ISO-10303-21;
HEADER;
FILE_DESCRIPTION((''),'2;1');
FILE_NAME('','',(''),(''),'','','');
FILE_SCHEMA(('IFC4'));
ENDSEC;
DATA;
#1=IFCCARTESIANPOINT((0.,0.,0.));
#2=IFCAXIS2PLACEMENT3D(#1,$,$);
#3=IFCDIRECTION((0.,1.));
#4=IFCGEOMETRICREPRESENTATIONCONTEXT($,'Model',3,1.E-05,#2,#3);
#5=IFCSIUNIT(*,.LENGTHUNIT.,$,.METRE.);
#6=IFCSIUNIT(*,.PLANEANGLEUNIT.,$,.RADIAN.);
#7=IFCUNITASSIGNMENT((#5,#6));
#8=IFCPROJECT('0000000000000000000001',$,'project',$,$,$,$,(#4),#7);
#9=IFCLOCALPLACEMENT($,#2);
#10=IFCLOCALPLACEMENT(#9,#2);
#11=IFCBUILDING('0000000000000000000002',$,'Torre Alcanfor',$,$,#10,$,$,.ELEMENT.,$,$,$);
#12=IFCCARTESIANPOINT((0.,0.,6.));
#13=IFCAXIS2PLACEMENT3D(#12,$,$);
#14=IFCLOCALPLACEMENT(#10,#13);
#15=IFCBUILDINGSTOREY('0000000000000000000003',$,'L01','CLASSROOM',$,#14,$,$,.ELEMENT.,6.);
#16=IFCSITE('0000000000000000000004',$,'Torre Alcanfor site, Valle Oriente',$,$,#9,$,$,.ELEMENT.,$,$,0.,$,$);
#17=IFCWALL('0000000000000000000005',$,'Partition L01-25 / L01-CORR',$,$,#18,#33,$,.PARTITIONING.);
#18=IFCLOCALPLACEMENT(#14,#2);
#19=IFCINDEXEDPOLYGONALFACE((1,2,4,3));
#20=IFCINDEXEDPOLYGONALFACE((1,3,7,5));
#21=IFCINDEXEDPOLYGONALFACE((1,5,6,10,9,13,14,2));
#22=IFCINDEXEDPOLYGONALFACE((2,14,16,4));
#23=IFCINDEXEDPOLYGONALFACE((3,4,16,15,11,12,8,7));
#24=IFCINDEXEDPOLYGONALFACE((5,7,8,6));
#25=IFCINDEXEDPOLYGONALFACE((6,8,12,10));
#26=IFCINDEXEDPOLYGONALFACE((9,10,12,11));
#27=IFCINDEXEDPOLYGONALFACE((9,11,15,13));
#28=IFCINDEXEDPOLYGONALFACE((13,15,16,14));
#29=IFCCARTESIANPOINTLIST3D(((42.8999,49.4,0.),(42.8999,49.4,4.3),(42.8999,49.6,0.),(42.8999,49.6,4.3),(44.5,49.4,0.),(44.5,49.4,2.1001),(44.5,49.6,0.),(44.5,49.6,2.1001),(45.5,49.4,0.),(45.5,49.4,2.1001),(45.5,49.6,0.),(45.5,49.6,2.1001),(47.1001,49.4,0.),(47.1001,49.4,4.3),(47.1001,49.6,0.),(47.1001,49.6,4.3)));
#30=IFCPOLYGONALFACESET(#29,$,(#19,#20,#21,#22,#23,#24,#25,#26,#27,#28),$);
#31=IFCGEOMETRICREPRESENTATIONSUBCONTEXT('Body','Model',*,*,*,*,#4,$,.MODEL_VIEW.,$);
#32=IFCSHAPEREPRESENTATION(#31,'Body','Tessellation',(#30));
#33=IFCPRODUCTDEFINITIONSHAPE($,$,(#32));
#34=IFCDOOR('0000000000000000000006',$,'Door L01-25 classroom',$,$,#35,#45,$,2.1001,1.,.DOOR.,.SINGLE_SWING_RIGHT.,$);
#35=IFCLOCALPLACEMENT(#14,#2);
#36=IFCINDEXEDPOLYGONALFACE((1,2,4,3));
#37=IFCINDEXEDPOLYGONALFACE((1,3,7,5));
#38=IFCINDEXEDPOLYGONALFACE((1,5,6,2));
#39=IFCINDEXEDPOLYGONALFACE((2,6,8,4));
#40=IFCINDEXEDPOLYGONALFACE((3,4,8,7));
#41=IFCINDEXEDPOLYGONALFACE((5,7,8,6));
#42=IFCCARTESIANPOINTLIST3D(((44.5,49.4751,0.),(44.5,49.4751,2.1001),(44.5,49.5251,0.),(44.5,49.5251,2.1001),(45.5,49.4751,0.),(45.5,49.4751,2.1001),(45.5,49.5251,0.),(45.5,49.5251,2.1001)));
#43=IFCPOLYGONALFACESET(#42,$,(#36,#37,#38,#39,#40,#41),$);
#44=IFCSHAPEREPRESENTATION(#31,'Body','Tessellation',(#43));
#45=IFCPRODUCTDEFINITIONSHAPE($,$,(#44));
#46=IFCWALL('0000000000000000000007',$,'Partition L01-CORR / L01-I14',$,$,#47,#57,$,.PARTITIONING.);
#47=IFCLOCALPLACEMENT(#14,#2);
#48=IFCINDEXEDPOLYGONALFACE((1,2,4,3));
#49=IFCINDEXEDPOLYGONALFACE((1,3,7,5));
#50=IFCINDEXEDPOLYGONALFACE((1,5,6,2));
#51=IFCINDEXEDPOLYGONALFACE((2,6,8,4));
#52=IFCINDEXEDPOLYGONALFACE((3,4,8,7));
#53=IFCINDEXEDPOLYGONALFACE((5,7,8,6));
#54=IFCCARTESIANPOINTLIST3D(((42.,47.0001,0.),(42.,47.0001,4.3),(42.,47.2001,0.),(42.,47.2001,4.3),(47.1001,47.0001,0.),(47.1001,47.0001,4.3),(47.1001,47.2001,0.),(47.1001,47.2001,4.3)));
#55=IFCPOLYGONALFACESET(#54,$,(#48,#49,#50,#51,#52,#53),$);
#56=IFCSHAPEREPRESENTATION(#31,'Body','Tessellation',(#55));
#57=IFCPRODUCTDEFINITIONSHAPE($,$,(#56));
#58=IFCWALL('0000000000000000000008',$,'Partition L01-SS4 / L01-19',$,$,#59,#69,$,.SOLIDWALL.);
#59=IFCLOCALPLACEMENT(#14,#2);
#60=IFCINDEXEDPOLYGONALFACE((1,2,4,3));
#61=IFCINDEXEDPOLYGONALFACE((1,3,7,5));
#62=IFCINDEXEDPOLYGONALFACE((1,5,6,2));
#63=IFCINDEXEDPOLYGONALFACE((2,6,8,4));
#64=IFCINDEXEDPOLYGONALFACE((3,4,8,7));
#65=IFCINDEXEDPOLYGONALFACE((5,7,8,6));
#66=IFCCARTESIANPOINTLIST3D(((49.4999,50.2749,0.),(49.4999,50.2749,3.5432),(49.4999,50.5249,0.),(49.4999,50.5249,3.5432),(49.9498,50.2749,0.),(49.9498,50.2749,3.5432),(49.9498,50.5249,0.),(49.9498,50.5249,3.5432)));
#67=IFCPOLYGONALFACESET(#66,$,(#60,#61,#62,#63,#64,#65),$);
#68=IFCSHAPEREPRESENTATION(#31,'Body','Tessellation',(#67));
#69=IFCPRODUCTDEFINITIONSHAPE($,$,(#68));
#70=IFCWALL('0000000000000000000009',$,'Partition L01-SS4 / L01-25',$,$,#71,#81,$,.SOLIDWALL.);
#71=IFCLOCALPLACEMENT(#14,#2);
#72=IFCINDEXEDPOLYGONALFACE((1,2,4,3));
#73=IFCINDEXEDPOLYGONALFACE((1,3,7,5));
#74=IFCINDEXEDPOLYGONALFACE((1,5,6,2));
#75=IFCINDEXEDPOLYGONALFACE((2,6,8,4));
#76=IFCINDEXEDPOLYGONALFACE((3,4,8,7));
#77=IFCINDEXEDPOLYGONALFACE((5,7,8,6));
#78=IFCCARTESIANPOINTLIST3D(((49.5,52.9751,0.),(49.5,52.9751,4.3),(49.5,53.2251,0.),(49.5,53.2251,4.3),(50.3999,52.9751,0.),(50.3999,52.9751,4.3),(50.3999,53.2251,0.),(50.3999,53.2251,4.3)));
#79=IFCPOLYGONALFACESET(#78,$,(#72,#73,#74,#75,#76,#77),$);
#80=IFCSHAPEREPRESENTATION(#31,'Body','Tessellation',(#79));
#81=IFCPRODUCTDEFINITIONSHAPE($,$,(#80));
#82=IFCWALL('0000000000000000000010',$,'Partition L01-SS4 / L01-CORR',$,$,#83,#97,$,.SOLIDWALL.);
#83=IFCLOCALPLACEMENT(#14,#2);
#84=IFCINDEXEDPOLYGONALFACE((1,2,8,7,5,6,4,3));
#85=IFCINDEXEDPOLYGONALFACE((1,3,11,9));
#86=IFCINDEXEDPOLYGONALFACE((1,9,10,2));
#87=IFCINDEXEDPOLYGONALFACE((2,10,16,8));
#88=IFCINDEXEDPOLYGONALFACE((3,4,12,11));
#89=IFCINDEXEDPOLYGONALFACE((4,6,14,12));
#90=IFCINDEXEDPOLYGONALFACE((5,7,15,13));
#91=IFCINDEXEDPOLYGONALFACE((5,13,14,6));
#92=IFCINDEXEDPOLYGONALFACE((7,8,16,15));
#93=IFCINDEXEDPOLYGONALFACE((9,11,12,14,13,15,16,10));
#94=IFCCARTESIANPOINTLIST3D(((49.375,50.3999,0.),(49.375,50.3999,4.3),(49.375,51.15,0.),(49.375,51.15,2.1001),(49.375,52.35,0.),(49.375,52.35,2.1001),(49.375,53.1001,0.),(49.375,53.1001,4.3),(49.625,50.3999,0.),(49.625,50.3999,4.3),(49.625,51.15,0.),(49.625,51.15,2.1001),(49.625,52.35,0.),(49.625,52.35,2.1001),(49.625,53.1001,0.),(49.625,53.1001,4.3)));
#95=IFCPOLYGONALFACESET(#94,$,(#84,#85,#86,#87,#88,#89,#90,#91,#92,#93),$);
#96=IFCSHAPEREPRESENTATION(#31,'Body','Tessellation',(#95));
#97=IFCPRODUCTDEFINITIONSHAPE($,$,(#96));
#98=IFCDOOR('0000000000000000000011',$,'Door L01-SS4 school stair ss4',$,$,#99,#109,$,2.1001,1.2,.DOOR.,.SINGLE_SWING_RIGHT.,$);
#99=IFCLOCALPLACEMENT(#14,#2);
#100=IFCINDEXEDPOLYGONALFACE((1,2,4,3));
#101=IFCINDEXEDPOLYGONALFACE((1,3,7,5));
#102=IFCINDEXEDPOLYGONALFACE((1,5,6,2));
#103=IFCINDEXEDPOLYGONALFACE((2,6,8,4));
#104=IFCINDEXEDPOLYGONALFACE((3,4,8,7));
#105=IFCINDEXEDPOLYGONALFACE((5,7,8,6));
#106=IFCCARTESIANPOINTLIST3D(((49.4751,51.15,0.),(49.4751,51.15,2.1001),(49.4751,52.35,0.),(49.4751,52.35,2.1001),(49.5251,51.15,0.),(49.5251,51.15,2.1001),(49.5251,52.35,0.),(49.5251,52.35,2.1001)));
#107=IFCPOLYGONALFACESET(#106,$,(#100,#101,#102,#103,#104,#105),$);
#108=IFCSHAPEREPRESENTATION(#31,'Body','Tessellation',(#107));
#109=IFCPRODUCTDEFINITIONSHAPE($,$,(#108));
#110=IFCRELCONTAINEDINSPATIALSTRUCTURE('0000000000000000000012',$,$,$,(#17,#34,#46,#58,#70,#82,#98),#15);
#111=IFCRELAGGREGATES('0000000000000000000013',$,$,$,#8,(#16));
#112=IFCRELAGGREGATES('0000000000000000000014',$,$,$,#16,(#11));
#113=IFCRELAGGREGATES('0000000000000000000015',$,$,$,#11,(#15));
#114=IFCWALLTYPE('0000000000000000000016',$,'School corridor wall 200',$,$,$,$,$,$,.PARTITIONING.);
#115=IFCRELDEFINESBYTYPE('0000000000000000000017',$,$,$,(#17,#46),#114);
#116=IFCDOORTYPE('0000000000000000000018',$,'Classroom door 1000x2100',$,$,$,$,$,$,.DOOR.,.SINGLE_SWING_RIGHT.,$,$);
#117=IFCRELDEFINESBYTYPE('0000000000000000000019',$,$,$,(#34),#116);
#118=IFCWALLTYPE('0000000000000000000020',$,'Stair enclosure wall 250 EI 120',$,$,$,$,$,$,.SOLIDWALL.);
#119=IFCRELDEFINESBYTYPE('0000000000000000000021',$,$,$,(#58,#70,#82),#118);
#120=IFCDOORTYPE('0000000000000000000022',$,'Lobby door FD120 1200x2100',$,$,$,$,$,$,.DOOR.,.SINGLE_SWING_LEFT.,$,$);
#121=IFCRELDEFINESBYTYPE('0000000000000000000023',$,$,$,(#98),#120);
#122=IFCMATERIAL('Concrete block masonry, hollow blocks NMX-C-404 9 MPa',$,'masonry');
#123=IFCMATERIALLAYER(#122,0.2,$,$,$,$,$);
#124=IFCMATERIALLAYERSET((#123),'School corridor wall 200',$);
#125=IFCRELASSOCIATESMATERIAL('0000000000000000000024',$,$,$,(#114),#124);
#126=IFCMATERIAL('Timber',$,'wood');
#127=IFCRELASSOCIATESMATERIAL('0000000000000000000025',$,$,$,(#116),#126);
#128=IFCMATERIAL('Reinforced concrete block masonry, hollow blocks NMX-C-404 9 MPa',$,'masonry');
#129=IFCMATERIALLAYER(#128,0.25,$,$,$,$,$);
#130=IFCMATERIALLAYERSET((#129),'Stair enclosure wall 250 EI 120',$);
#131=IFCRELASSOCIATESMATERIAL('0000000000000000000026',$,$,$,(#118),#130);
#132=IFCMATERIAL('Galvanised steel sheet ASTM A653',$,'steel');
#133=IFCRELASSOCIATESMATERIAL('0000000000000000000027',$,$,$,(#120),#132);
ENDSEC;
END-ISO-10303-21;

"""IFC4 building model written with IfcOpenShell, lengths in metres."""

from ifc_helpers import new_model, si_unit, direction, frame, frame_2d, origin, place, context, subcontext, project, spatial, rectangle, extrude, material, layer, layer_set, type_object, element, fill, save


model = new_model("IFC4")

# Units and contexts
model_context = context("Model", 3, precision=1e-05, world=origin(), true_north=direction((0.0, 1.0)))
body_context = subcontext(model_context, "Body", "Model", "MODEL_VIEW")
ifc_project = project(units=[si_unit("LENGTHUNIT", "METRE"), si_unit("PLANEANGLEUNIT", "RADIAN")], contexts=[model_context])

# Site, building, storey
site_placement = place(None, origin())
site = spatial("IfcSite", under=ifc_project, at=site_placement, Name="Torre Alcanfor site, Valle Oriente", CompositionType="ELEMENT", RefElevation=0.0)
building_placement = place(site_placement, origin())
building = spatial("IfcBuilding", under=site, at=building_placement, Name="Torre Alcanfor", CompositionType="ELEMENT")
storey_placement = place(building_placement, frame((0.0, 0.0, 6.0)))
storey = spatial("IfcBuildingStorey", under=building, at=storey_placement, Name="L01", Description="CLASSROOM", CompositionType="ELEMENT", Elevation=6.0)

# Shared definitions
ifc_material_1 = material(Name="Concrete block masonry, hollow blocks NMX-C-404 9 MPa", Category="masonry")
ifc_layer_1 = layer(ifc_material_1, 0.2)
ifc_layer_set_1 = layer_set([ifc_layer_1], Name="School corridor wall 200")
wall_type_1 = type_object("IfcWallType", Name="School corridor wall 200", PredefinedType="PARTITIONING", material=ifc_layer_set_1)
ifc_material_2 = material(Name="Timber", Category="wood")
door_type_1 = type_object("IfcDoorType", Name="Classroom door 1000x2100", OperationType="SINGLE_SWING_RIGHT", PredefinedType="DOOR", material=ifc_material_2)

# Wall, opening, door
wall_1_placement = place(storey_placement, frame((47.1001, 49.5, 0.0), z_axis=(0.0, 0.0, 1.0), x_axis=(-1.0, 0.0, 0.0)))
wall_1 = element("IfcWall", 1, at=wall_1_placement, inside=storey, type_object=wall_type_1, Name="Partition L01-25 / L01-CORR", PredefinedType="PARTITIONING", context=body_context, shape_type="SweptSolid", body=[
    extrude(rectangle(XDim=4.2002, YDim=0.2, at=frame_2d((2.1001, 0.0))), origin(), (0.0, 0.0, 1.0), 4.3),
])
opening_1_placement = place(wall_1_placement, frame((1.6001, 0.0, 0.0)))
opening_1 = element("IfcOpeningElement", 2, at=opening_1_placement, cuts=wall_1, PredefinedType="OPENING", context=body_context, shape_type="SweptSolid", body=[
    extrude(rectangle(XDim=1.0, YDim=2.1001, at=frame_2d((0.5, 1.05))), frame((0.0, 0.1099, 0.0), z_axis=(0.0, -1.0, 0.0), x_axis=(1.0, 0.0, 0.0)), (0.0, 0.0, 1.0), 0.22),
])
door_1_placement = place(opening_1_placement, frame((1.0, 0.0, 0.0), z_axis=(0.0, 0.0, 1.0), x_axis=(-1.0, 0.0, 0.0)))
door_1 = element("IfcDoor", 3, at=door_1_placement, inside=storey, type_object=door_type_1, Name="Door L01-25 classroom", OperationType="SINGLE_SWING_RIGHT", OverallHeight=2.1001, OverallWidth=1.0, PredefinedType="DOOR", context=body_context, shape_type="SweptSolid", body=[
    extrude(rectangle(XDim=1.0, YDim=2.1001, at=frame_2d((0.5, 1.05))), frame((0.0, 0.0251, 0.0), z_axis=(0.0, -1.0, 0.0), x_axis=(1.0, 0.0, 0.0)), (0.0, 0.0, 1.0), 0.05),
])
fill(opening_1, door_1)

# Walls
wall_2_placement = place(storey_placement, frame((47.1001, 47.1001, 0.0), z_axis=(0.0, 0.0, 1.0), x_axis=(-1.0, 0.0, 0.0)))
element("IfcWall", 4, at=wall_2_placement, inside=storey, type_object=wall_type_1, Name="Partition L01-CORR / L01-I14", PredefinedType="PARTITIONING", context=body_context, shape_type="SweptSolid", body=[
    extrude(rectangle(XDim=5.1001, YDim=0.2, at=frame_2d((2.55, 0.0))), origin(), (0.0, 0.0, 1.0), 4.3),
])
ifc_material_3 = material(Name="Reinforced concrete block masonry, hollow blocks NMX-C-404 9 MPa", Category="masonry")
ifc_layer_2 = layer(ifc_material_3, 0.25)
ifc_layer_set_2 = layer_set([ifc_layer_2], Name="Stair enclosure wall 250 EI 120")
wall_type_2 = type_object("IfcWallType", Name="Stair enclosure wall 250 EI 120", PredefinedType="SOLIDWALL", material=ifc_layer_set_2)
wall_3_placement = place(storey_placement, frame((49.95, 50.3999, 0.0), z_axis=(0.0, 0.0, 1.0), x_axis=(-1.0, 0.0, 0.0)))
element("IfcWall", 5, at=wall_3_placement, inside=storey, type_object=wall_type_2, Name="Partition L01-SS4 / L01-19", PredefinedType="SOLIDWALL", context=body_context, shape_type="SweptSolid", body=[
    extrude(rectangle(XDim=0.45, YDim=0.25, at=frame_2d((0.2251, 0.0))), origin(), (0.0, 0.0, 1.0), 3.5432),
])
wall_4_placement = place(storey_placement, frame((49.5, 53.1001, 0.0), z_axis=(0.0, 0.0, 1.0), x_axis=(1.0, 0.0, 0.0)))
element("IfcWall", 6, at=wall_4_placement, inside=storey, type_object=wall_type_2, Name="Partition L01-SS4 / L01-25", PredefinedType="SOLIDWALL", context=body_context, shape_type="SweptSolid", body=[
    extrude(rectangle(XDim=0.8999, YDim=0.25, at=frame_2d((0.45, 0.0))), origin(), (0.0, 0.0, 1.0), 4.3),
])

# Wall, opening, door
wall_5_placement = place(storey_placement, frame((49.5, 50.3999, 0.0), z_axis=(0.0, 0.0, 1.0), x_axis=(0.0, 1.0, 0.0)))
wall_5 = element("IfcWall", 7, at=wall_5_placement, inside=storey, type_object=wall_type_2, Name="Partition L01-SS4 / L01-CORR", PredefinedType="SOLIDWALL", context=body_context, shape_type="SweptSolid", body=[
    extrude(rectangle(XDim=2.7002, YDim=0.25, at=frame_2d((1.3501, 0.0))), origin(), (0.0, 0.0, 1.0), 4.3),
])
opening_2_placement = place(wall_5_placement, frame((0.75, 0.0, 0.0)))
opening_2 = element("IfcOpeningElement", 8, at=opening_2_placement, cuts=wall_5, PredefinedType="OPENING", context=body_context, shape_type="SweptSolid", body=[
    extrude(rectangle(XDim=1.2, YDim=2.1001, at=frame_2d((0.6001, 1.05))), frame((0.0, 0.135, 0.0), z_axis=(0.0, -1.0, 0.0), x_axis=(1.0, 0.0, 0.0)), (0.0, 0.0, 1.0), 0.27),
])
ifc_material_4 = material(Name="Galvanised steel sheet ASTM A653", Category="steel")
door_type_2 = type_object("IfcDoorType", Name="Lobby door FD120 1200x2100", OperationType="SINGLE_SWING_LEFT", PredefinedType="DOOR", material=ifc_material_4)
door_2_placement = place(opening_2_placement, frame((1.2, 0.0, 0.0), z_axis=(0.0, 0.0, 1.0), x_axis=(-1.0, 0.0, 0.0)))
door_2 = element("IfcDoor", 9, at=door_2_placement, inside=storey, type_object=door_type_2, Name="Door L01-SS4 school stair ss4", OperationType="SINGLE_SWING_RIGHT", OverallHeight=2.1001, OverallWidth=1.2, PredefinedType="DOOR", context=body_context, shape_type="SweptSolid", body=[
    extrude(rectangle(XDim=1.2, YDim=2.1001, at=frame_2d((0.5999, 1.05))), frame((0.0, 0.0251, 0.0), z_axis=(0.0, -1.0, 0.0), x_axis=(1.0, 0.0, 0.0)), (0.0, 0.0, 1.0), 0.05),
])
fill(opening_2, door_2)

save(model, "model.ifc")
